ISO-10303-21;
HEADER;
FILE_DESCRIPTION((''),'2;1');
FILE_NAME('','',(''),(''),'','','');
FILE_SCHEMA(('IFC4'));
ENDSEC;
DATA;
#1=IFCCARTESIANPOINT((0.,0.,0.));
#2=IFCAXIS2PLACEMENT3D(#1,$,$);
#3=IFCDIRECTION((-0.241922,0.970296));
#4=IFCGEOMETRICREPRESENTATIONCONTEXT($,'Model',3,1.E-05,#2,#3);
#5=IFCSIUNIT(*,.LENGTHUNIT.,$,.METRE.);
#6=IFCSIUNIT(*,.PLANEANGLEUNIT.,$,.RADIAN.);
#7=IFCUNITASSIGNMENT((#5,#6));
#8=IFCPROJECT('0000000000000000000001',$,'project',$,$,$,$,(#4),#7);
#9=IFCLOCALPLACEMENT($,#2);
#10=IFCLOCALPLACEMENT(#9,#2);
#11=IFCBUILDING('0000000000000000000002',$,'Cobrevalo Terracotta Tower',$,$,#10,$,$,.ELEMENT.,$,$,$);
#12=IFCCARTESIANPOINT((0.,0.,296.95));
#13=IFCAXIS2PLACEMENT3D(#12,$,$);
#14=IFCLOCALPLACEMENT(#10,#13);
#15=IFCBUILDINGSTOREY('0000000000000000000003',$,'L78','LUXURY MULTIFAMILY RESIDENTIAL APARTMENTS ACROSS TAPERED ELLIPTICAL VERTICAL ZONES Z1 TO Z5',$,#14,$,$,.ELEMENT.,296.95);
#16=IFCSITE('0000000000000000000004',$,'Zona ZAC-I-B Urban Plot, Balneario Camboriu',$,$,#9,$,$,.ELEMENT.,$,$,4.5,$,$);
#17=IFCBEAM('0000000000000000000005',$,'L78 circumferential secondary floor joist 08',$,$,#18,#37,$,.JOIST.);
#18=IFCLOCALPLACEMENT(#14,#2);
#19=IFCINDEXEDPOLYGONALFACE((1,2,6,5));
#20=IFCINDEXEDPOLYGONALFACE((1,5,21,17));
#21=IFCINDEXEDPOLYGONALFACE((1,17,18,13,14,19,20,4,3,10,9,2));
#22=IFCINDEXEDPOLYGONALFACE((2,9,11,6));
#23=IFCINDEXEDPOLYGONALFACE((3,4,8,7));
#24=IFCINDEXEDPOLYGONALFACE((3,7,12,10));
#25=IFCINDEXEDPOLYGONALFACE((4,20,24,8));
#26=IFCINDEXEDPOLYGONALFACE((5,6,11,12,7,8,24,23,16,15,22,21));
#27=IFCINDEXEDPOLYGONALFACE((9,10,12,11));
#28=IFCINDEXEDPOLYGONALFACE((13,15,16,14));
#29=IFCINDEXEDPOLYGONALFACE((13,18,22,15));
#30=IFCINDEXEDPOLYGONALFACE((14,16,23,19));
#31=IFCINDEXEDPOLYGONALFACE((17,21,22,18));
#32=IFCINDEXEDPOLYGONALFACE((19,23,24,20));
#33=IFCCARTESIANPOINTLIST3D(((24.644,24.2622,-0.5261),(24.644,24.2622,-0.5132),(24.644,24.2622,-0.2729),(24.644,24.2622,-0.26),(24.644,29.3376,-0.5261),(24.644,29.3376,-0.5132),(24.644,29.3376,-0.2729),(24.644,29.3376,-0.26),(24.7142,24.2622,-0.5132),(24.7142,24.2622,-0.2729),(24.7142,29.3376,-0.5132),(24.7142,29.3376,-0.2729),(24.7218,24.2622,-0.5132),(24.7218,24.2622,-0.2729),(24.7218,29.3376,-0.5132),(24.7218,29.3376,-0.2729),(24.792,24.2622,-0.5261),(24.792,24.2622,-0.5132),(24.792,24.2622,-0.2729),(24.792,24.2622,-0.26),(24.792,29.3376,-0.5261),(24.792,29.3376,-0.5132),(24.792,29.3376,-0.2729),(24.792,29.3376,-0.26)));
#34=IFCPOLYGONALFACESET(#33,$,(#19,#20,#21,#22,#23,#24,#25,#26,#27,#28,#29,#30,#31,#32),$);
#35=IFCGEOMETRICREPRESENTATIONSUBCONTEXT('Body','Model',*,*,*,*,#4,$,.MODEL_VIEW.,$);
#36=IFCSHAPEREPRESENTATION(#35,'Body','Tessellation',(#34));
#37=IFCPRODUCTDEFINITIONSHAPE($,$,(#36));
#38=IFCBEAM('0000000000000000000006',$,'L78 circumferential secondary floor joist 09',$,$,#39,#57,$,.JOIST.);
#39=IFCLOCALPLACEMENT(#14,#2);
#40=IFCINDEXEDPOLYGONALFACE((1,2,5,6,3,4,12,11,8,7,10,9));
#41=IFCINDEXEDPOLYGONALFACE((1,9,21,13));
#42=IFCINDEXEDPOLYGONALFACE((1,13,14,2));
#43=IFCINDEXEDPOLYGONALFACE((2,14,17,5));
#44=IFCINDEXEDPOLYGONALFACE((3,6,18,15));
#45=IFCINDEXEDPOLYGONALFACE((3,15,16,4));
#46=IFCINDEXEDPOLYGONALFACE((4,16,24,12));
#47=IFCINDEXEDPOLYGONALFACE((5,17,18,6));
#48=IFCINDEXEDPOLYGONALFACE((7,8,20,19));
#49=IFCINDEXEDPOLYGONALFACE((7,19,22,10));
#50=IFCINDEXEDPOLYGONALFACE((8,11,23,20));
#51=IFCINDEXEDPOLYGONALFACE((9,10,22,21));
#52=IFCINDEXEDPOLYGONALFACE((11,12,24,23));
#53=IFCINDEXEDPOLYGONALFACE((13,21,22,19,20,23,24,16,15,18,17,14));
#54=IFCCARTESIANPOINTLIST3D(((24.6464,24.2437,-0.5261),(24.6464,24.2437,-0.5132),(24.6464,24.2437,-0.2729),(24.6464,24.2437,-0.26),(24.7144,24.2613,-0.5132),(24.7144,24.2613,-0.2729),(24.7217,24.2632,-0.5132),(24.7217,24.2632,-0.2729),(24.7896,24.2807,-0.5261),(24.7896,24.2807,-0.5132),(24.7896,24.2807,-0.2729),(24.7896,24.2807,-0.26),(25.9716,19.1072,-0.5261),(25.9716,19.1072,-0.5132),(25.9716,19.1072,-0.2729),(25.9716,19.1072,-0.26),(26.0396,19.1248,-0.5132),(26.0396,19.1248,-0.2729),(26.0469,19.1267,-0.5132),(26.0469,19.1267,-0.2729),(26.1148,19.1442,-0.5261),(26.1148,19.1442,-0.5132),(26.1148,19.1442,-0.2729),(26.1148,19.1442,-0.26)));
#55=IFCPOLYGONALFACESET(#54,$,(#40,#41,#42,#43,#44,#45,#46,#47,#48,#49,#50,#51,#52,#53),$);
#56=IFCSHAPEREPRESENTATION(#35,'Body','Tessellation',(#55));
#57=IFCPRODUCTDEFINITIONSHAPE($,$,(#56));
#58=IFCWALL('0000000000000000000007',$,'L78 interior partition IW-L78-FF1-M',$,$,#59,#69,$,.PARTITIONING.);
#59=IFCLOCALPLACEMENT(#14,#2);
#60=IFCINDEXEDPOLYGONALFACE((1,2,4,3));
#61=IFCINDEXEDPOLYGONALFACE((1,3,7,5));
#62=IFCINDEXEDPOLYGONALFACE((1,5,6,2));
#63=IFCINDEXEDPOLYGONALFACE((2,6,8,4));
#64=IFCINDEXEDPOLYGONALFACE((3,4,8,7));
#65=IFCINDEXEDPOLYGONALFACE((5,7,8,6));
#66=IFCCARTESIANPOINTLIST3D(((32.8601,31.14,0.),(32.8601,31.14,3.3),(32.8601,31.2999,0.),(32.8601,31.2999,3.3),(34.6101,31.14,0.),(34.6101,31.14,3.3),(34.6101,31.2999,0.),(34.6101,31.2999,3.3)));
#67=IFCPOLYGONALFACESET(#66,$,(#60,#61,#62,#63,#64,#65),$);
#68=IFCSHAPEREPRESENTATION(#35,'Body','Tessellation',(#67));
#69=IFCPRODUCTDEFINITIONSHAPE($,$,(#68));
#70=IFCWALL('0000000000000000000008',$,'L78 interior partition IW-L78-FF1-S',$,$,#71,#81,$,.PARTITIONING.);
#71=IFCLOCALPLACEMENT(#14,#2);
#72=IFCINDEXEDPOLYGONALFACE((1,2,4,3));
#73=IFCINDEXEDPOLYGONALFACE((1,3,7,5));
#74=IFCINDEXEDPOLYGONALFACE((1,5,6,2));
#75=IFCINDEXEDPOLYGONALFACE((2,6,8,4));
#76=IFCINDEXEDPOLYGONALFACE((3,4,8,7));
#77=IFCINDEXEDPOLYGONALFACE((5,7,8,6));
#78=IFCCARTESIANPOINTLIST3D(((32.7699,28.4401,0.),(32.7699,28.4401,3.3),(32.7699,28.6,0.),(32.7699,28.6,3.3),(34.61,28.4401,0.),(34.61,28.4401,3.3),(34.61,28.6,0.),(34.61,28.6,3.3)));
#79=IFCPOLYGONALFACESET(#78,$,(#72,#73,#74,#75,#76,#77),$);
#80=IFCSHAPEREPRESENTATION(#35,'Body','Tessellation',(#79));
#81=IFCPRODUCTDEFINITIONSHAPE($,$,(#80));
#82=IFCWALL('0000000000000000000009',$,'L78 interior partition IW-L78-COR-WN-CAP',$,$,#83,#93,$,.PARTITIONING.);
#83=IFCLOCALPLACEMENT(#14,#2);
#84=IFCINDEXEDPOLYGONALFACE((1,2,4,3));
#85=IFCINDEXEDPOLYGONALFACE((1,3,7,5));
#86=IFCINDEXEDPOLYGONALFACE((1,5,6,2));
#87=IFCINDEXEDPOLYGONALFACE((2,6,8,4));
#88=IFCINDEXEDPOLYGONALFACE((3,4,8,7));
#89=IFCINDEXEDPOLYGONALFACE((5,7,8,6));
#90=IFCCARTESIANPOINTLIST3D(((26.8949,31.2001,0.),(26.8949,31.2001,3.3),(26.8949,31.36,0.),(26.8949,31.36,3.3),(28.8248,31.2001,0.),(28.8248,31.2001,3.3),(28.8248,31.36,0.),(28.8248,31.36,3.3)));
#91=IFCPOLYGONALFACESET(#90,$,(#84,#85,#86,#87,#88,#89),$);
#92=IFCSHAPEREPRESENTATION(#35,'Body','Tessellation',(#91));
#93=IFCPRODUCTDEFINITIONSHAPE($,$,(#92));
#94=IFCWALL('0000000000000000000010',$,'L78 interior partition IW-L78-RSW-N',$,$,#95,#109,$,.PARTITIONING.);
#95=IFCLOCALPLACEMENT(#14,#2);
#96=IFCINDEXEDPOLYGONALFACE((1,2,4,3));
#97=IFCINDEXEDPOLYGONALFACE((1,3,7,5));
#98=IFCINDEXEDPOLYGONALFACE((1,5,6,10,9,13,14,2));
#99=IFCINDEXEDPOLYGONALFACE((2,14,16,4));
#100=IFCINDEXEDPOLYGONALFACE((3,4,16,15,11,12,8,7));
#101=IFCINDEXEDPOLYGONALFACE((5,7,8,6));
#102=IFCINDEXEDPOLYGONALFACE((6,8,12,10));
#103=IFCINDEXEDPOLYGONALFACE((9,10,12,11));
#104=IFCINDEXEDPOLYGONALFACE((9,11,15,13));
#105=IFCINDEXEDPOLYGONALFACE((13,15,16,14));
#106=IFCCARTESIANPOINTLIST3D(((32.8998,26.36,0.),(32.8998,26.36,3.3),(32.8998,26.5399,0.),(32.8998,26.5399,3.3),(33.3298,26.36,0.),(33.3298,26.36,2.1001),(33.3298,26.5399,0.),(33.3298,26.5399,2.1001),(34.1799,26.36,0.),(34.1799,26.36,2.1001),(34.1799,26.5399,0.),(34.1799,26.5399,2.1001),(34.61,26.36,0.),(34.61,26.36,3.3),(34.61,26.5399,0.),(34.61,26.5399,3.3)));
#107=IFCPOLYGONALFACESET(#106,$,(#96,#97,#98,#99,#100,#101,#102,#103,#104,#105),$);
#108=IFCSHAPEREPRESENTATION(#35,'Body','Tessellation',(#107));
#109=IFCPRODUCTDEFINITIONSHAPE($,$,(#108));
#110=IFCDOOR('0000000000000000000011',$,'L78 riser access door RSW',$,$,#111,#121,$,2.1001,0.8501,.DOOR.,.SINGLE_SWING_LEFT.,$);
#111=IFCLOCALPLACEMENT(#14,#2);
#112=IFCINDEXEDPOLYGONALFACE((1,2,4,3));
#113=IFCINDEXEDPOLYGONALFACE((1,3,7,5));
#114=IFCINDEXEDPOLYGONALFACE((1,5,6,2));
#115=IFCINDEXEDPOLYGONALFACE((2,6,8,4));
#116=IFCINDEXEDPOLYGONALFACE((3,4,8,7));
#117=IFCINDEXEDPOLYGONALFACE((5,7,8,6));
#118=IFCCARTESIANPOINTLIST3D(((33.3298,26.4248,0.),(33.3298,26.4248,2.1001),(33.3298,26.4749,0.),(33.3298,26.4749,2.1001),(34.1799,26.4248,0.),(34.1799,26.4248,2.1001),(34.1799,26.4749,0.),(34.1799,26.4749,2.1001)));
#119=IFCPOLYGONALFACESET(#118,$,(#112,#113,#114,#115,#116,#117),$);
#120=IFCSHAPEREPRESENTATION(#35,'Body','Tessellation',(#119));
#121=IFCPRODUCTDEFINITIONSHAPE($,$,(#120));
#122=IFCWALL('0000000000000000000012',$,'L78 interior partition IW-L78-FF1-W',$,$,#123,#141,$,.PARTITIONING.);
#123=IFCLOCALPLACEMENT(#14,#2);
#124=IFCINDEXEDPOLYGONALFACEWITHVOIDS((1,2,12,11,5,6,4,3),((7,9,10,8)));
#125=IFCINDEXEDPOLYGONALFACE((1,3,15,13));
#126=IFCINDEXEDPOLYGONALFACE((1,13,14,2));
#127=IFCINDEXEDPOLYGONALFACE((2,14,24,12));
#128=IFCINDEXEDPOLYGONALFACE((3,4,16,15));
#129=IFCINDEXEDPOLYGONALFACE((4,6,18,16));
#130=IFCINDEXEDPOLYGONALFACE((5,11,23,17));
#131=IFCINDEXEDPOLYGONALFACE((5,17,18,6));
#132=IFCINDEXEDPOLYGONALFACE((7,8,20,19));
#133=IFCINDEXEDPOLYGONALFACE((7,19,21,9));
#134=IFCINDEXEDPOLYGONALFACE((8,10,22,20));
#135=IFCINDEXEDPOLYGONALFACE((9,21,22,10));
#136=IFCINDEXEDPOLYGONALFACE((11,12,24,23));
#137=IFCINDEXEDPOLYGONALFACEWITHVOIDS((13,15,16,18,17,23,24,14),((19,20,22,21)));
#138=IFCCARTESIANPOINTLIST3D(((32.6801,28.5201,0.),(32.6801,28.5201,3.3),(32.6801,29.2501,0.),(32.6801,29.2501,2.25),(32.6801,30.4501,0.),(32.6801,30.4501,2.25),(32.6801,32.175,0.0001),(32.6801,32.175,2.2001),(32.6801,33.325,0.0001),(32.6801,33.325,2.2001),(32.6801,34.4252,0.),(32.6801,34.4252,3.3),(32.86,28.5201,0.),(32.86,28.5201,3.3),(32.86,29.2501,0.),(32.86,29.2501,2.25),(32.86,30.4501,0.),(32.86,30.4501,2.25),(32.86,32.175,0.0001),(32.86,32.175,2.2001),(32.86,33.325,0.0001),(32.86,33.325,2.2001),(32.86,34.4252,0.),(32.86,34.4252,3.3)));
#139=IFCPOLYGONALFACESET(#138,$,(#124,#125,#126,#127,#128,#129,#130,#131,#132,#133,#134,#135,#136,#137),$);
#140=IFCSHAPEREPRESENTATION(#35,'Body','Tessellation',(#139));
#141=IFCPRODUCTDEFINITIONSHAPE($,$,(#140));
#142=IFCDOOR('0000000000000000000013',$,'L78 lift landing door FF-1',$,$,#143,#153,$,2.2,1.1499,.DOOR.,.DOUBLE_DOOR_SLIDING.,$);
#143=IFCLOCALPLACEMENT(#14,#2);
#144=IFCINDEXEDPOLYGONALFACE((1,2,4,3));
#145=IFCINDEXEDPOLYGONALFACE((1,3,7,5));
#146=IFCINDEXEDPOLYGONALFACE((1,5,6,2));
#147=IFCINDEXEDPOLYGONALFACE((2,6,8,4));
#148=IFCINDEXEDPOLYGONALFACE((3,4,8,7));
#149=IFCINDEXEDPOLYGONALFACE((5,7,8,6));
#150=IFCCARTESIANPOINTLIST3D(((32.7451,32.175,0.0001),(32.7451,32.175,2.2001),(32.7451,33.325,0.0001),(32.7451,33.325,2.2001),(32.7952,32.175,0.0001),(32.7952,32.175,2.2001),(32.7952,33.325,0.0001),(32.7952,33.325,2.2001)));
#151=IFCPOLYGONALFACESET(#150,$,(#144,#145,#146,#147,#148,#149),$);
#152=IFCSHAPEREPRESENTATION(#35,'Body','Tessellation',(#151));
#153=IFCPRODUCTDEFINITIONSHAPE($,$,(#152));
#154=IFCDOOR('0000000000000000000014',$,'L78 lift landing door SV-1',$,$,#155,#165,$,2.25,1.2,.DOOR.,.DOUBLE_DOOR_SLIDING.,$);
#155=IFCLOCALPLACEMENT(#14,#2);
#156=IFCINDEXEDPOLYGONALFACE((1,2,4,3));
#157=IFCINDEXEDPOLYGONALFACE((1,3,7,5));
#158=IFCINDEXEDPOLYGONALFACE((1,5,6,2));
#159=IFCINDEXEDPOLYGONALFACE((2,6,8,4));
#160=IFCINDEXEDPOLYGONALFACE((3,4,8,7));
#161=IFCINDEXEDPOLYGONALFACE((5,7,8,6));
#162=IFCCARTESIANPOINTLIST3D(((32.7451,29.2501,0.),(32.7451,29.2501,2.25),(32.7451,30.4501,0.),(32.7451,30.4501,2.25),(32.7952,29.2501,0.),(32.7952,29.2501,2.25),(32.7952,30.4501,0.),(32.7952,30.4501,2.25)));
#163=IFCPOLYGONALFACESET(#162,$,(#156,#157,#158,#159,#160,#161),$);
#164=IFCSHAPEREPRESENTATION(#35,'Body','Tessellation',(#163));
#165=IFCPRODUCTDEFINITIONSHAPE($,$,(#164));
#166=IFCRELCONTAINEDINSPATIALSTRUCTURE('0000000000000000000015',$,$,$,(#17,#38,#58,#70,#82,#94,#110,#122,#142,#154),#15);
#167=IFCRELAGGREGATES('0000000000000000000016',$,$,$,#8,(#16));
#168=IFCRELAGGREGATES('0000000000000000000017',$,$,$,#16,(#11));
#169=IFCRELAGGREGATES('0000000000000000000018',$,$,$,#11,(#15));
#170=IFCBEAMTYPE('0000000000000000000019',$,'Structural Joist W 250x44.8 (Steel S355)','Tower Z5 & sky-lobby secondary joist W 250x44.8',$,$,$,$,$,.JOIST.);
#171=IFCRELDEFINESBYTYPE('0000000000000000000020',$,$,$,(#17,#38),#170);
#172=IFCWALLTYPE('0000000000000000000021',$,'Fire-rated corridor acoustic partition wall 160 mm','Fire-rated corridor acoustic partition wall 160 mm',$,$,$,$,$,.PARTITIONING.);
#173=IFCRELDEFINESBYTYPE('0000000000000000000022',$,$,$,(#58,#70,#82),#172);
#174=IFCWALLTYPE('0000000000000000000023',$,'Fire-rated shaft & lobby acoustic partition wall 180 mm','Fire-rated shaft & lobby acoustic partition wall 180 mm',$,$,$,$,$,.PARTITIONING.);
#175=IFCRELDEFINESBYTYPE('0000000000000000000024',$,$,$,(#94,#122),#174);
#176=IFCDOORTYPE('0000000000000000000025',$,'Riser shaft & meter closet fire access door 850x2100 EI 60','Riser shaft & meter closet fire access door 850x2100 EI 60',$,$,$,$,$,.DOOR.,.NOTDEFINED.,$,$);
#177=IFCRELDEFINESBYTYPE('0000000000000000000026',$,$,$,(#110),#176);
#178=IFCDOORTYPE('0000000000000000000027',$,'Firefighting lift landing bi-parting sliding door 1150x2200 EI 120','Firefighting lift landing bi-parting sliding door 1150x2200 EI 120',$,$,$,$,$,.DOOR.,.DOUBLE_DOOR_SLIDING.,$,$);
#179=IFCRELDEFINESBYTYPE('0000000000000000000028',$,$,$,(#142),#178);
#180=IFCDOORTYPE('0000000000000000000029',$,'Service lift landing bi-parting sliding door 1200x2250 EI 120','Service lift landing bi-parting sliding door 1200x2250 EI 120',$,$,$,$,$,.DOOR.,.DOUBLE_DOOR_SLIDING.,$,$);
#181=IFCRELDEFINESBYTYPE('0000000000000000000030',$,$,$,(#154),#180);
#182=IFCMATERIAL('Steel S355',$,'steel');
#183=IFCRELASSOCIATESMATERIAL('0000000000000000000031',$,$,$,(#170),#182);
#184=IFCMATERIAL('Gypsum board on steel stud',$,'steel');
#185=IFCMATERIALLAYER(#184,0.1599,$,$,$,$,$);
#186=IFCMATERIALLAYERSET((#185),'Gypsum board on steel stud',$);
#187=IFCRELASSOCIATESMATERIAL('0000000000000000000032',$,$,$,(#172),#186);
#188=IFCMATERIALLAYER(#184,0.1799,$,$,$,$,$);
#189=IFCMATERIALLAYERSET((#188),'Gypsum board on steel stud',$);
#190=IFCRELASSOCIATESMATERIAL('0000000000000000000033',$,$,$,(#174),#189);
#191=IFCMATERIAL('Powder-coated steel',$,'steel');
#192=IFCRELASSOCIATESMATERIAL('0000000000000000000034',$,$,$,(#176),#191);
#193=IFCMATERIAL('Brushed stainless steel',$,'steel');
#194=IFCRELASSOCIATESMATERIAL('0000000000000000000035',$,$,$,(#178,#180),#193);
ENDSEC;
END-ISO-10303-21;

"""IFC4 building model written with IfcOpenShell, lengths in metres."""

from ifc_helpers import new_model, si_unit, direction, frame, frame_2d, origin, origin_2d, place, context, subcontext, project, spatial, rectangle, i_section, extrude, source, transform, mapped, material, layer, layer_set, material_profile, profile_set, type_object, element, fill, save


model = new_model("IFC4")

# Units and contexts
model_context = context("Model", 3, precision=1e-05, world=origin(), true_north=direction((-0.241922, 0.970296)))
body_context = subcontext(model_context, "Body", "Model", "MODEL_VIEW")
ifc_project = project(units=[si_unit("LENGTHUNIT", "METRE"), si_unit("PLANEANGLEUNIT", "RADIAN")], contexts=[model_context])

# Site, building, storey
site_placement = place(None, origin())
site = spatial("IfcSite", under=ifc_project, at=site_placement, Name="Zona ZAC-I-B Urban Plot, Balneario Camboriu", CompositionType="ELEMENT", RefElevation=4.5)
building_placement = place(site_placement, origin())
building = spatial("IfcBuilding", under=site, at=building_placement, Name="Cobrevalo Terracotta Tower", CompositionType="ELEMENT")
storey_placement = place(building_placement, frame((0.0, 0.0, 296.95)))
storey = spatial("IfcBuildingStorey", under=building, at=storey_placement, Name="L78", Description="LUXURY MULTIFAMILY RESIDENTIAL APARTMENTS ACROSS TAPERED ELLIPTICAL VERTICAL ZONES Z1 TO Z5", CompositionType="ELEMENT", Elevation=296.95)

# Beams
ifc_material_1 = material(Name="Steel S355", Category="steel")
ifc_material_profile = material_profile(ifc_material_1, i_section(OverallWidth=0.1479, OverallDepth=0.2661, WebThickness=0.0076, FlangeThickness=0.0129, at=origin_2d()), Name="W 250x44.8")
ifc_profile_set = profile_set([ifc_material_profile], Name="Steel S355")
beam_type = type_object("IfcBeamType", Name="Structural Joist W 250x44.8 (Steel S355)", Description="Tower Z5 & sky-lobby secondary joist W 250x44.8", PredefinedType="JOIST", material=ifc_profile_set)
beam_1_placement = place(storey_placement, frame((24.718, 29.3376, -0.3931), z_axis=(0.0, -1.0, 0.0), x_axis=(1.0, 0.0, 0.0)))
element("IfcBeam", 1, at=beam_1_placement, inside=storey, type_object=beam_type, Name="L78 circumferential secondary floor joist 08", PredefinedType="JOIST", context=body_context, shape_type="SweptSolid", body=[
    extrude(i_section(OverallWidth=0.1479, OverallDepth=0.2661, WebThickness=0.0076, FlangeThickness=0.0129, at=origin_2d()), origin(), (0.0, 0.0, 1.0), 5.0754),
])
beam_2_placement = place(storey_placement, frame((24.718, 24.2622, -0.3931), z_axis=(0.249817, -0.968293, 0.0), x_axis=(0.968293, 0.249817, 0.0)))
element("IfcBeam", 2, at=beam_2_placement, inside=storey, type_object=beam_type, Name="L78 circumferential secondary floor joist 09", PredefinedType="JOIST", context=body_context, shape_type="SweptSolid", body=[
    extrude(i_section(OverallWidth=0.1479, OverallDepth=0.2661, WebThickness=0.0076, FlangeThickness=0.0129, at=origin_2d()), origin(), (0.0, 0.0, 1.0), 5.3047),
])

# Walls
ifc_material_2 = material(Name="Gypsum board on steel stud", Category="steel")
ifc_layer_1 = layer(ifc_material_2, 0.1599)
ifc_layer_set_1 = layer_set([ifc_layer_1], Name="Gypsum board on steel stud")
wall_type_1 = type_object("IfcWallType", Name="Fire-rated corridor acoustic partition wall 160 mm", Description="Fire-rated corridor acoustic partition wall 160 mm", PredefinedType="PARTITIONING", material=ifc_layer_set_1)
wall_1_placement = place(storey_placement, frame((32.8601, 31.22, 0.0), z_axis=(0.0, 0.0, 1.0), x_axis=(1.0, 0.0, 0.0)))
element("IfcWall", 3, at=wall_1_placement, inside=storey, type_object=wall_type_1, Name="L78 interior partition IW-L78-FF1-M", PredefinedType="PARTITIONING", context=body_context, shape_type="SweptSolid", body=[
    extrude(rectangle(XDim=1.75, YDim=0.1599, at=frame_2d((0.875, 0.0))), origin(), (0.0, 0.0, 1.0), 3.3),
])
wall_2_placement = place(storey_placement, frame((32.77, 28.52, 0.0), z_axis=(0.0, 0.0, 1.0), x_axis=(1.0, 0.0, 0.0)))
element("IfcWall", 4, at=wall_2_placement, inside=storey, type_object=wall_type_1, Name="L78 interior partition IW-L78-FF1-S", PredefinedType="PARTITIONING", context=body_context, shape_type="SweptSolid", body=[
    extrude(rectangle(XDim=1.8401, YDim=0.1599, at=frame_2d((0.9199, 0.0))), origin(), (0.0, 0.0, 1.0), 3.3),
])
wall_3_placement = place(storey_placement, frame((26.895, 31.28, 0.0), z_axis=(0.0, 0.0, 1.0), x_axis=(1.0, 0.0, 0.0)))
element("IfcWall", 5, at=wall_3_placement, inside=storey, type_object=wall_type_1, Name="L78 interior partition IW-L78-COR-WN-CAP", PredefinedType="PARTITIONING", context=body_context, shape_type="SweptSolid", body=[
    extrude(rectangle(XDim=1.9299, YDim=0.1599, at=frame_2d((0.9648, 0.0))), origin(), (0.0, 0.0, 1.0), 3.3),
])

# Wall, opening, door
ifc_layer_2 = layer(ifc_material_2, 0.1799)
ifc_layer_set_2 = layer_set([ifc_layer_2], Name="Gypsum board on steel stud")
wall_type_2 = type_object("IfcWallType", Name="Fire-rated shaft & lobby acoustic partition wall 180 mm", Description="Fire-rated shaft & lobby acoustic partition wall 180 mm", PredefinedType="PARTITIONING", material=ifc_layer_set_2)
wall_4_placement = place(storey_placement, frame((32.8999, 26.45, 0.0), z_axis=(0.0, 0.0, 1.0), x_axis=(1.0, 0.0, 0.0)))
wall_4 = element("IfcWall", 6, at=wall_4_placement, inside=storey, type_object=wall_type_2, Name="L78 interior partition IW-L78-RSW-N", PredefinedType="PARTITIONING", context=body_context, shape_type="SweptSolid", body=[
    extrude(rectangle(XDim=1.7102, YDim=0.1799, at=frame_2d((0.855, 0.0))), origin(), (0.0, 0.0, 1.0), 3.3),
])
opening_1_placement = place(wall_4_placement, frame((0.4299, 0.0, 0.0)))
opening_1 = element("IfcOpeningElement", 7, at=opening_1_placement, cuts=wall_4, PredefinedType="OPENING", context=body_context, shape_type="SweptSolid", body=[
    extrude(rectangle(XDim=0.8501, YDim=2.1001, at=frame_2d((0.425, 1.05))), frame((0.0, 0.1001, 0.0), z_axis=(0.0, -1.0, 0.0), x_axis=(1.0, 0.0, 0.0)), (0.0, 0.0, 1.0), 0.2),
])
ifc_material_3 = material(Name="Powder-coated steel", Category="steel")
door_type_1 = type_object("IfcDoorType", Name="Riser shaft & meter closet fire access door 850x2100 EI 60", Description="Riser shaft & meter closet fire access door 850x2100 EI 60", OperationType="NOTDEFINED", PredefinedType="DOOR", material=ifc_material_3)
shared_shape_1 = source(origin(), body_context, "Body", "SweptSolid", [
    extrude(rectangle(XDim=0.8501, YDim=2.1001, at=frame_2d((0.425, 1.05))), frame((0.0, 0.0249, 0.0), z_axis=(0.0, -1.0, 0.0), x_axis=(1.0, 0.0, 0.0)), (0.0, 0.0, 1.0), 0.05),
])
door_1_placement = place(opening_1_placement, origin())
door_1 = element("IfcDoor", 8, at=door_1_placement, inside=storey, type_object=door_type_1, Name="L78 riser access door RSW", OperationType="SINGLE_SWING_LEFT", OverallHeight=2.1001, OverallWidth=0.8501, PredefinedType="DOOR", context=body_context, shape_type="MappedRepresentation", body=[
    mapped(shared_shape_1, transform((0.0, 0.0, 0.0), scale=1.0)),
])
fill(opening_1, door_1)

# Wall, openings, doors
wall_5_placement = place(storey_placement, frame((32.77, 28.52, 0.0), z_axis=(0.0, 0.0, 1.0), x_axis=(0.0, 1.0, 0.0)))
wall_5 = element("IfcWall", 9, at=wall_5_placement, inside=storey, type_object=wall_type_2, Name="L78 interior partition IW-L78-FF1-W", PredefinedType="PARTITIONING", context=body_context, shape_type="SweptSolid", body=[
    extrude(rectangle(XDim=5.905, YDim=0.1799, at=frame_2d((2.9526, 0.0))), origin(), (0.0, 0.0, 1.0), 3.3),
])
opening_2_placement = place(wall_5_placement, frame((3.655, 0.0, 0.0)))
opening_2 = element("IfcOpeningElement", 10, at=opening_2_placement, cuts=wall_5, PredefinedType="OPENING", context=body_context, shape_type="SweptSolid", body=[
    extrude(rectangle(XDim=1.1499, YDim=2.2, at=frame_2d((0.575, 1.1001))), frame((0.0, 0.1001, 0.0), z_axis=(0.0, -1.0, 0.0), x_axis=(1.0, 0.0, 0.0)), (0.0, 0.0, 1.0), 0.2),
])
opening_3_placement = place(wall_5_placement, frame((0.73, 0.0, 0.0)))
opening_3 = element("IfcOpeningElement", 11, at=opening_3_placement, cuts=wall_5, PredefinedType="OPENING", context=body_context, shape_type="SweptSolid", body=[
    extrude(rectangle(XDim=1.2, YDim=2.25, at=frame_2d((0.6001, 1.125))), frame((0.0, 0.1001, 0.0), z_axis=(0.0, -1.0, 0.0), x_axis=(1.0, 0.0, 0.0)), (0.0, 0.0, 1.0), 0.2),
])
ifc_material_4 = material(Name="Brushed stainless steel", Category="steel")
door_type_2 = type_object("IfcDoorType", Name="Firefighting lift landing bi-parting sliding door 1150x2200 EI 120", Description="Firefighting lift landing bi-parting sliding door 1150x2200 EI 120", OperationType="DOUBLE_DOOR_SLIDING", PredefinedType="DOOR", material=ifc_material_4)
shared_shape_2 = source(origin(), body_context, "Body", "SweptSolid", [
    extrude(rectangle(XDim=1.1499, YDim=2.2, at=frame_2d((0.575, 1.1001))), frame((0.0, 0.0249, 0.0), z_axis=(0.0, -1.0, 0.0), x_axis=(1.0, 0.0, 0.0)), (0.0, 0.0, 1.0), 0.05),
])
door_2_placement = place(opening_2_placement, origin())
door_2 = element("IfcDoor", 12, at=door_2_placement, inside=storey, type_object=door_type_2, Name="L78 lift landing door FF-1", OperationType="DOUBLE_DOOR_SLIDING", OverallHeight=2.2, OverallWidth=1.1499, PredefinedType="DOOR", context=body_context, shape_type="MappedRepresentation", body=[
    mapped(shared_shape_2, transform((0.0, 0.0, 0.0), scale=1.0)),
])
fill(opening_2, door_2)
door_type_3 = type_object("IfcDoorType", Name="Service lift landing bi-parting sliding door 1200x2250 EI 120", Description="Service lift landing bi-parting sliding door 1200x2250 EI 120", OperationType="DOUBLE_DOOR_SLIDING", PredefinedType="DOOR", material=ifc_material_4)
shared_shape_3 = source(origin(), body_context, "Body", "SweptSolid", [
    extrude(rectangle(XDim=1.2, YDim=2.25, at=frame_2d((0.6001, 1.125))), frame((0.0, 0.0249, 0.0), z_axis=(0.0, -1.0, 0.0), x_axis=(1.0, 0.0, 0.0)), (0.0, 0.0, 1.0), 0.05),
])
door_3_placement = place(opening_3_placement, origin())
door_3 = element("IfcDoor", 13, at=door_3_placement, inside=storey, type_object=door_type_3, Name="L78 lift landing door SV-1", OperationType="DOUBLE_DOOR_SLIDING", OverallHeight=2.25, OverallWidth=1.2, PredefinedType="DOOR", context=body_context, shape_type="MappedRepresentation", body=[
    mapped(shared_shape_3, transform((0.0, 0.0, 0.0), scale=1.0)),
])
fill(opening_3, door_3)

save(model, "model.ifc")
